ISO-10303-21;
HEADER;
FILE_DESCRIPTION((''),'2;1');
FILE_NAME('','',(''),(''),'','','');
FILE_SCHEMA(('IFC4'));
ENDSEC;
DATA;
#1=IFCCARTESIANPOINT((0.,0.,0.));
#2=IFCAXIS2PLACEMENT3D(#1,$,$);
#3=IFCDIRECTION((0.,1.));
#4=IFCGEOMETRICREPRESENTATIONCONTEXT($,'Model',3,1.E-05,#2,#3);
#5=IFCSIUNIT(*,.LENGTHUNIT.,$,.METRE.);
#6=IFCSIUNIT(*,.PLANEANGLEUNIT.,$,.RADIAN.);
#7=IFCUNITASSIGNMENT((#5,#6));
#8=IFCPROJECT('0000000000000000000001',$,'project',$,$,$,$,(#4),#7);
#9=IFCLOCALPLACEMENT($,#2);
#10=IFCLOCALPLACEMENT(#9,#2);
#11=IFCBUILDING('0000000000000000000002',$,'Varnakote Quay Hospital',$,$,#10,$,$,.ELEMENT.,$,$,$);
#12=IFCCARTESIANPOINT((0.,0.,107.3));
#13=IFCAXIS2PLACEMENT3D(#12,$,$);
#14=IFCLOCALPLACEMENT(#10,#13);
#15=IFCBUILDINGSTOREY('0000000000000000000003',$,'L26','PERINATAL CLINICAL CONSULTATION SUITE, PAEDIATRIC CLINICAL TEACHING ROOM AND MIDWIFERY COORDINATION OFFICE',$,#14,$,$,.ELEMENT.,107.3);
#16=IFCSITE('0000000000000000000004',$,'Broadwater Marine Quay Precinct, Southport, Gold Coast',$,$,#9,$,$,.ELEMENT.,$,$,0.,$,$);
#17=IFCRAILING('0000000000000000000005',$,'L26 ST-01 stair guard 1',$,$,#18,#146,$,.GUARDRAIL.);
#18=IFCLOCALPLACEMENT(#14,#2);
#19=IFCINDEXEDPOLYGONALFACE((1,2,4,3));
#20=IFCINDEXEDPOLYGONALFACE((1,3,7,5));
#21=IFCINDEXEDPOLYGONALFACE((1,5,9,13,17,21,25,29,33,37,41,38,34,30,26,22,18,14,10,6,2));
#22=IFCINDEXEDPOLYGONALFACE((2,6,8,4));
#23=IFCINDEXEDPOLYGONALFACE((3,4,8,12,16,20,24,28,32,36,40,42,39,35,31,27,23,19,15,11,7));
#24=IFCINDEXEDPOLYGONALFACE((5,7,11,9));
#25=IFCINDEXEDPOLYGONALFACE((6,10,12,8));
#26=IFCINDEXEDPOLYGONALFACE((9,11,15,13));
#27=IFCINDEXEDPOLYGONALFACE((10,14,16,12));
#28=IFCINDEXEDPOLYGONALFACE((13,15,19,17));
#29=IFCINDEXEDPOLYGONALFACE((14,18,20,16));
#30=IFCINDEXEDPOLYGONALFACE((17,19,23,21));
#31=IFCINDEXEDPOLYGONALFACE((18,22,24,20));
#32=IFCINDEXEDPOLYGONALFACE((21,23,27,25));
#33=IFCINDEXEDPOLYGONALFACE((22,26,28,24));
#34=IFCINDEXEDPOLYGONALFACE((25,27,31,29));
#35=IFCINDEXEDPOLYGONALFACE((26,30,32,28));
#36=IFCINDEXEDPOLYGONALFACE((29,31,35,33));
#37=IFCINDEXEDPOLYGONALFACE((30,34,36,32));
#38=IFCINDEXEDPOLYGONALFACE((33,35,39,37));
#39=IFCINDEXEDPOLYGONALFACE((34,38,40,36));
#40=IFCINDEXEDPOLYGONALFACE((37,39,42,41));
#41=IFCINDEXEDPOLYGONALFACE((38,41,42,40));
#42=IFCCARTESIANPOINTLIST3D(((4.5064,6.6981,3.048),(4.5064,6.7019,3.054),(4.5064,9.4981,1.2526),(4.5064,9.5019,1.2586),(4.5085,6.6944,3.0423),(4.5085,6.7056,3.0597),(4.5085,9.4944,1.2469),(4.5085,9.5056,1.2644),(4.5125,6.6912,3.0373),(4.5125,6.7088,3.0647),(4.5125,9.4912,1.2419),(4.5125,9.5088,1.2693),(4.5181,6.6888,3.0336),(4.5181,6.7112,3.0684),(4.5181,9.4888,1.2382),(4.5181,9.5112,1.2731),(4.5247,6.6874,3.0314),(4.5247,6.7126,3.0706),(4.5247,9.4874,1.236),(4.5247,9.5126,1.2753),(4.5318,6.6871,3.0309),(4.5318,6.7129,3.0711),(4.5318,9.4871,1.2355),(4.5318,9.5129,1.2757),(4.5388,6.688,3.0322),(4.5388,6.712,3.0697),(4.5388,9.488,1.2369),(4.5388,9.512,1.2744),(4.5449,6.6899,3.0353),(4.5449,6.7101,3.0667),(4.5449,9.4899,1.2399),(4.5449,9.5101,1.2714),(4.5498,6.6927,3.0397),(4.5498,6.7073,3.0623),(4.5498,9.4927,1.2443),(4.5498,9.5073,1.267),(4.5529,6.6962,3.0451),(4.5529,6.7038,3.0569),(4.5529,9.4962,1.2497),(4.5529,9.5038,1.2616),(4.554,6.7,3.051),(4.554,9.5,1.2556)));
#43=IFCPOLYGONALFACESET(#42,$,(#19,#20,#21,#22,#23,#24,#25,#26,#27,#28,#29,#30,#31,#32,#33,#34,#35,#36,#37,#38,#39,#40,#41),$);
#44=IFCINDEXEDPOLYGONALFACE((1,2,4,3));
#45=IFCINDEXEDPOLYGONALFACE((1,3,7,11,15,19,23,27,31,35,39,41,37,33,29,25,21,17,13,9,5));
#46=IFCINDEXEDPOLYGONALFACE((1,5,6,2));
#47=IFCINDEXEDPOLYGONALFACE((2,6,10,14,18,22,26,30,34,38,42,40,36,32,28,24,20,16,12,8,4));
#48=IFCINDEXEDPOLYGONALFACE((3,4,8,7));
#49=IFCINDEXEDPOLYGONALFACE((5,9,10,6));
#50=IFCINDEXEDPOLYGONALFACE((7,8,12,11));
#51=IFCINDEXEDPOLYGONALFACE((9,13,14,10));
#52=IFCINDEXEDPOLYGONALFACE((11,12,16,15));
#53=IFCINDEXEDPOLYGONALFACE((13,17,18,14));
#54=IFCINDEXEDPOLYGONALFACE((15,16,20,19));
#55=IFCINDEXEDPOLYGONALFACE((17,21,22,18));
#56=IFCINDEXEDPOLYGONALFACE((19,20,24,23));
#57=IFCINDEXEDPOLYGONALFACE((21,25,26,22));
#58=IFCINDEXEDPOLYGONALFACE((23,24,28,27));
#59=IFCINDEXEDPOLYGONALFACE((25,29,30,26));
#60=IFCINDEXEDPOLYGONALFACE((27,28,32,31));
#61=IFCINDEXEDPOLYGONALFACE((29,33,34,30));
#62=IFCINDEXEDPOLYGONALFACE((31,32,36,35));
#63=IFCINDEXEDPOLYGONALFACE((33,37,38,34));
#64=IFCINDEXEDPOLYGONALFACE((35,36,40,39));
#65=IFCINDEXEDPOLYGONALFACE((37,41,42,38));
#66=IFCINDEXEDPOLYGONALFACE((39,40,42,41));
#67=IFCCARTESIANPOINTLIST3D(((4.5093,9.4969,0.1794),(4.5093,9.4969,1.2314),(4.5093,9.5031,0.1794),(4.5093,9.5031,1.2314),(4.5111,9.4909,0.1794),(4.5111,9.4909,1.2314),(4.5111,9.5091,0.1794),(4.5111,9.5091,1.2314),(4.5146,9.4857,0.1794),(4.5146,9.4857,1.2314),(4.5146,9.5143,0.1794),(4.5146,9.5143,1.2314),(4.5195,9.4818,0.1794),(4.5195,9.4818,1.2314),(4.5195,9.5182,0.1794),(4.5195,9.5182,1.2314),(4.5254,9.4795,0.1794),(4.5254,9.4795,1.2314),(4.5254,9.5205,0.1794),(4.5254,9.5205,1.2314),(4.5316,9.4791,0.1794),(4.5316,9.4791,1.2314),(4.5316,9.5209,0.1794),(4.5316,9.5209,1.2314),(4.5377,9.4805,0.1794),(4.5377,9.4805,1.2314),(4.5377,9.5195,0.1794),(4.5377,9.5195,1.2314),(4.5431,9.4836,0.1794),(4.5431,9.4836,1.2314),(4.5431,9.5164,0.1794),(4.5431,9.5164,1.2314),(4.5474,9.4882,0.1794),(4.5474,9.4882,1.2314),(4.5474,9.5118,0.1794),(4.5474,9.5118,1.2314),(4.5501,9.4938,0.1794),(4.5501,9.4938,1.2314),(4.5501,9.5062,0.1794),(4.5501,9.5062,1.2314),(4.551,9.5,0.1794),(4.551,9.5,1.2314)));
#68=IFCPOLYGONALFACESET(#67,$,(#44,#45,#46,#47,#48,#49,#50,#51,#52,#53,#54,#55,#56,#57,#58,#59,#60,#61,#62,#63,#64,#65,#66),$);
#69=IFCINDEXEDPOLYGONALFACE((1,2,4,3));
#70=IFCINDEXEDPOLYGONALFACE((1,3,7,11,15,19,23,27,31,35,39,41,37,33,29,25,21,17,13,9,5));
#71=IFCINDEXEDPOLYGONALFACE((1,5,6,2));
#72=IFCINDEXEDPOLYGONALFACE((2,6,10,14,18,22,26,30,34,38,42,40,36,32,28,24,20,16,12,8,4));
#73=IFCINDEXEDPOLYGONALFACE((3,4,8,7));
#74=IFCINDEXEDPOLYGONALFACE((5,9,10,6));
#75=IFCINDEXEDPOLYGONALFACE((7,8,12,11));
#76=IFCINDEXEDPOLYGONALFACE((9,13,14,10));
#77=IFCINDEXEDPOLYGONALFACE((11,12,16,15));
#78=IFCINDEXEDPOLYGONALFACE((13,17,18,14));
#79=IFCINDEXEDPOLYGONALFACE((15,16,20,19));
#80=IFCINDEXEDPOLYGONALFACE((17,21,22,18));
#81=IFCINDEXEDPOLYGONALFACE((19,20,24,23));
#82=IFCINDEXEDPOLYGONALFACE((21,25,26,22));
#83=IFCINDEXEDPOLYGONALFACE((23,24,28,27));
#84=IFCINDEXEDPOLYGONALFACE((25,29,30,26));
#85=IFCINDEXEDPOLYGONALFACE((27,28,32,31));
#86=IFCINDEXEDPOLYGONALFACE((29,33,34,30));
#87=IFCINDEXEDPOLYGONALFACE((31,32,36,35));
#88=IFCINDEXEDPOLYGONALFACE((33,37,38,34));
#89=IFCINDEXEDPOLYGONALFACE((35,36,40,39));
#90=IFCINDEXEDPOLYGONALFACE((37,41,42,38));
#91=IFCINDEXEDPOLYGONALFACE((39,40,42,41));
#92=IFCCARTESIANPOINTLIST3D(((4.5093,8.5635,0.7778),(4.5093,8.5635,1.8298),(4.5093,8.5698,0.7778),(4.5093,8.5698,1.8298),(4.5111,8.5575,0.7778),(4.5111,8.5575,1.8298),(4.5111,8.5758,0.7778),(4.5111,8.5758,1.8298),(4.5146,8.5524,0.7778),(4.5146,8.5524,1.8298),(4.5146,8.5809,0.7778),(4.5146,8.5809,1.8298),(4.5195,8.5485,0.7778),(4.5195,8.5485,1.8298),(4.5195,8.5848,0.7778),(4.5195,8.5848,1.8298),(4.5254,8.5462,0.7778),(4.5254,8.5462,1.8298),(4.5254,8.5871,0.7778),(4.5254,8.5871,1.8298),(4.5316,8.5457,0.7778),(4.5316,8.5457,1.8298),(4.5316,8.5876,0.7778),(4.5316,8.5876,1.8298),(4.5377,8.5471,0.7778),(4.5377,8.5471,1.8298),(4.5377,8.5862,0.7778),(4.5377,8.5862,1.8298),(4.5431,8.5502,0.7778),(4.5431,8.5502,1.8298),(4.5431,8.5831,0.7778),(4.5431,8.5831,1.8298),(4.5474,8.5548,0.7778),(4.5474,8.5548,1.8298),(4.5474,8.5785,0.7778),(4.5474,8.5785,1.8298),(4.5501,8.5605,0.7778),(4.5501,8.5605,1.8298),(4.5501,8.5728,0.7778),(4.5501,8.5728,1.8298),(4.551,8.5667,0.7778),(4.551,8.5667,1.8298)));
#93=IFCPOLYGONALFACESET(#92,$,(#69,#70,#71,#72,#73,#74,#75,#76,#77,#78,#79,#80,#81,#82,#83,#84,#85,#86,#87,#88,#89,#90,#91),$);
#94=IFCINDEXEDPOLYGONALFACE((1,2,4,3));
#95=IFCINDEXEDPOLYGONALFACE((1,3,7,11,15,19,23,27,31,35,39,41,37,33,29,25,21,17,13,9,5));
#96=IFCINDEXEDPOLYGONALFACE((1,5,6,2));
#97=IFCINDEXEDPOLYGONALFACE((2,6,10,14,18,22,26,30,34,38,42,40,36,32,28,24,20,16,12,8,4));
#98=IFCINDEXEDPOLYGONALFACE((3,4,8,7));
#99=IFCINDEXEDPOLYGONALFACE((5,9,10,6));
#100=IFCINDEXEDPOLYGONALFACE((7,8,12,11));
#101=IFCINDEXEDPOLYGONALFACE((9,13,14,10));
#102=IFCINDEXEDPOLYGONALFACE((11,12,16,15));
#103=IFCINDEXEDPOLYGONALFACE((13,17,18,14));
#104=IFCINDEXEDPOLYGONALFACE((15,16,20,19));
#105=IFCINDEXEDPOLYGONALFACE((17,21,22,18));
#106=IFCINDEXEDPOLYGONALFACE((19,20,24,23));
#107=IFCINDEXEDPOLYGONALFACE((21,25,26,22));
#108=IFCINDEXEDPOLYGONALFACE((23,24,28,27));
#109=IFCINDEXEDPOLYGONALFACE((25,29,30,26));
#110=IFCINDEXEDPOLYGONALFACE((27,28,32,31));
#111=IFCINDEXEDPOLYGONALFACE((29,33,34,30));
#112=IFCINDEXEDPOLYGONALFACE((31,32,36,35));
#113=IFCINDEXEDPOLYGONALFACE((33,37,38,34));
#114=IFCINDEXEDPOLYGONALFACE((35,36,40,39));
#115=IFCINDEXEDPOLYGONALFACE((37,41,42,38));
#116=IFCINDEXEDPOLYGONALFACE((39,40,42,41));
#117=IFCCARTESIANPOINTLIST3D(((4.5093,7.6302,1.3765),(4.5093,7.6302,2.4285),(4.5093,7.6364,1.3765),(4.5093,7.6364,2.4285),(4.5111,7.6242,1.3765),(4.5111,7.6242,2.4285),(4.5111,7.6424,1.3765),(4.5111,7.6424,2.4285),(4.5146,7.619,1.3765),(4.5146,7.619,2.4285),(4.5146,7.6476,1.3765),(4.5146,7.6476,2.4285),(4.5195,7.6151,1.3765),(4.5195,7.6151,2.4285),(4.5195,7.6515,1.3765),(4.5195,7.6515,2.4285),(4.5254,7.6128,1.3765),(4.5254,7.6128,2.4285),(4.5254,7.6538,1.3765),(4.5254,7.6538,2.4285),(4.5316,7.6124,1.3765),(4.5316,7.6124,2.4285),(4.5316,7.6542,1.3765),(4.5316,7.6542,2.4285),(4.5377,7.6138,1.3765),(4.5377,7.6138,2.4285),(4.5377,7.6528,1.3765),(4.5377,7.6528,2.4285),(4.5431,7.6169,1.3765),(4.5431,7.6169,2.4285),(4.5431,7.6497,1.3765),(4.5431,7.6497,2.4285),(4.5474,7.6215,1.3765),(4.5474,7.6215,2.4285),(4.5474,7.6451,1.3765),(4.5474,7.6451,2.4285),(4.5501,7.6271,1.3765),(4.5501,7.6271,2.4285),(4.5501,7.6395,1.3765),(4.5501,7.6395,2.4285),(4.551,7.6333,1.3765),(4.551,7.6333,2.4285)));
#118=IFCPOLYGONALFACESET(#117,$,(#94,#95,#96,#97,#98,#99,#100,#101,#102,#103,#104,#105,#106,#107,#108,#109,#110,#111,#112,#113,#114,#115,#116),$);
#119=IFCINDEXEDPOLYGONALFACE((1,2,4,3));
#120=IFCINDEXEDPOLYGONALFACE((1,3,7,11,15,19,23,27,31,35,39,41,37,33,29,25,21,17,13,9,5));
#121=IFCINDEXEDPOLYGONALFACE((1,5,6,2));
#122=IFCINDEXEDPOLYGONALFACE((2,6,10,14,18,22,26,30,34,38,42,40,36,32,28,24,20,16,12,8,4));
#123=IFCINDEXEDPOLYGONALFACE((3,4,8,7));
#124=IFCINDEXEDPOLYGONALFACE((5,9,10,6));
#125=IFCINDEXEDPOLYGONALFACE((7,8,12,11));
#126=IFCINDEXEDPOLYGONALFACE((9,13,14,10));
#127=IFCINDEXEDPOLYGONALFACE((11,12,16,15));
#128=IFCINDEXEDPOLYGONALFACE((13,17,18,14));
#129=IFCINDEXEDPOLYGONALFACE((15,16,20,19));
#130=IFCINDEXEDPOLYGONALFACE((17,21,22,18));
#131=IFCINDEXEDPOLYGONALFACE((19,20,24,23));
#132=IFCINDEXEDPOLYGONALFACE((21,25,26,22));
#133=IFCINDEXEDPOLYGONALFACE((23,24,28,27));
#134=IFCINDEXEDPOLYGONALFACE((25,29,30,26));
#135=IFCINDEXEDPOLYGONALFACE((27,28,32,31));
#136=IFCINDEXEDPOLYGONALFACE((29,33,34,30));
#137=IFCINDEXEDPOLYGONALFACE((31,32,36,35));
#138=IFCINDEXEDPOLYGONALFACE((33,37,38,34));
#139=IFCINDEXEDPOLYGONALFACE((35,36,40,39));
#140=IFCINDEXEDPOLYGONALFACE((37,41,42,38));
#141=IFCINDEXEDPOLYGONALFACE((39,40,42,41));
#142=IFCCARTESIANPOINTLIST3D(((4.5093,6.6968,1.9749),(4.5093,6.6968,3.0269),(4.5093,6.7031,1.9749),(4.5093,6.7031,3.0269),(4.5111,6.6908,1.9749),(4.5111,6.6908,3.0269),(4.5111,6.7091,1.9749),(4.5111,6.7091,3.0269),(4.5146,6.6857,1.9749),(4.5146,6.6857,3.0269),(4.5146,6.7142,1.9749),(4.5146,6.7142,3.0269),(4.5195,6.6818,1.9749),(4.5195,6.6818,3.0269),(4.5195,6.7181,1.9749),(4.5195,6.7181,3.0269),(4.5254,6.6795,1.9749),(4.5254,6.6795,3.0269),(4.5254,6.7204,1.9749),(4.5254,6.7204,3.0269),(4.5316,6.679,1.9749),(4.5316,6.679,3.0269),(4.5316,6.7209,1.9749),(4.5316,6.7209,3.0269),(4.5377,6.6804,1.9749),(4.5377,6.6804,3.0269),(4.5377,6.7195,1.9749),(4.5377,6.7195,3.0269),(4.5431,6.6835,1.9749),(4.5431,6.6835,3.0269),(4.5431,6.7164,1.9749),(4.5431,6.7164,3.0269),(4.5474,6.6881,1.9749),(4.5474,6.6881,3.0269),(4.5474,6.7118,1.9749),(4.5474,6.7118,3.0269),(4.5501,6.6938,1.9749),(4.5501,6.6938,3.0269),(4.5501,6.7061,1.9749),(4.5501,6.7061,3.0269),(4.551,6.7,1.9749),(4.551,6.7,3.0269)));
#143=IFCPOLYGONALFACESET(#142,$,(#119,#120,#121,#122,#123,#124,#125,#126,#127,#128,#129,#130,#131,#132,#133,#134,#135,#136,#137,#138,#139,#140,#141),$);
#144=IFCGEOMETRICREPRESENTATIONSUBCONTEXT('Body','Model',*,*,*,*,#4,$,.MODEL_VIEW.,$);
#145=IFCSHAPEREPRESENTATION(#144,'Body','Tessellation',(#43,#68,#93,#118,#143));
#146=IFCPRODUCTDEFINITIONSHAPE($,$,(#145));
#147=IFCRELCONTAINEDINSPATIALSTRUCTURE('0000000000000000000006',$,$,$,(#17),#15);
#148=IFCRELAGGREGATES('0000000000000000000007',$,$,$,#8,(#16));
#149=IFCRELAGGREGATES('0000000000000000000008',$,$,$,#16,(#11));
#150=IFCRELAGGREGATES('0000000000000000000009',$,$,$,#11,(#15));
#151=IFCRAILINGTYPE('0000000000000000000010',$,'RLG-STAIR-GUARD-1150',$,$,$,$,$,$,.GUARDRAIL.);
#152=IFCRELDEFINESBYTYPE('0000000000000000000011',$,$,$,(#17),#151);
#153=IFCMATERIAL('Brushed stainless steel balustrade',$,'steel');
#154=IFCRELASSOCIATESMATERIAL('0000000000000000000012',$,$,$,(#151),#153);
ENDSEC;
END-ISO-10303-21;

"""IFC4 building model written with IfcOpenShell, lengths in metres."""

from ifc_helpers import new_model, si_unit, direction, frame, origin, origin_2d, place, context, subcontext, project, spatial, circle, extrude, material, type_object, element, save


model = new_model("IFC4")

# Units and contexts
model_context = context("Model", 3, precision=1e-05, world=origin(), true_north=direction((0.0, 1.0)))
body_context = subcontext(model_context, "Body", "Model", "MODEL_VIEW")
ifc_project = project(units=[si_unit("LENGTHUNIT", "METRE"), si_unit("PLANEANGLEUNIT", "RADIAN")], contexts=[model_context])

# Site, building, storey
site_placement = place(None, origin())
site = spatial("IfcSite", under=ifc_project, at=site_placement, Name="Broadwater Marine Quay Precinct, Southport, Gold Coast", CompositionType="ELEMENT", RefElevation=0.0)
building_placement = place(site_placement, origin())
building = spatial("IfcBuilding", under=site, at=building_placement, Name="Varnakote Quay Hospital", CompositionType="ELEMENT")
storey_placement = place(building_placement, frame((0.0, 0.0, 107.3)))
storey = spatial("IfcBuildingStorey", under=building, at=storey_placement, Name="L26", Description="PERINATAL CLINICAL CONSULTATION SUITE, PAEDIATRIC CLINICAL TEACHING ROOM AND MIDWIFERY COORDINATION OFFICE", CompositionType="ELEMENT", Elevation=107.3)

# Railing
ifc_material_1 = material(Name="Brushed stainless steel balustrade", Category="steel")
railing_type_1 = type_object("IfcRailingType", Name="RLG-STAIR-GUARD-1150", PredefinedType="GUARDRAIL", material=ifc_material_1)
railing_1_placement = place(storey_placement, frame((4.53, 9.5, 0.1794)))
element("IfcRailing", 1, at=railing_1_placement, inside=storey, type_object=railing_type_1, Name="L26 ST-01 stair guard 1", PredefinedType="GUARDRAIL", context=body_context, shape_type="SweptSolid", body=[
    extrude(circle(Radius=0.0239, at=origin_2d()), frame((0.0, 0.0, 1.0762), z_axis=(0.0, -0.84181, 0.539774), x_axis=(1.0, 0.0, 0.0)), (0.0, 0.0, 1.0), 3.3262),
    extrude(circle(Radius=0.021, at=origin_2d()), origin(), (0.0, 0.0, 1.0), 1.052),
    extrude(circle(Radius=0.021, at=origin_2d()), frame((0.0, -0.9333, 0.5984)), (0.0, 0.0, 1.0), 1.052),
    extrude(circle(Radius=0.021, at=origin_2d()), frame((0.0, -1.8667, 1.197)), (0.0, 0.0, 1.0), 1.052),
    extrude(circle(Radius=0.021, at=origin_2d()), frame((0.0, -2.8, 1.7954)), (0.0, 0.0, 1.0), 1.052),
])

save(model, "model.ifc")
